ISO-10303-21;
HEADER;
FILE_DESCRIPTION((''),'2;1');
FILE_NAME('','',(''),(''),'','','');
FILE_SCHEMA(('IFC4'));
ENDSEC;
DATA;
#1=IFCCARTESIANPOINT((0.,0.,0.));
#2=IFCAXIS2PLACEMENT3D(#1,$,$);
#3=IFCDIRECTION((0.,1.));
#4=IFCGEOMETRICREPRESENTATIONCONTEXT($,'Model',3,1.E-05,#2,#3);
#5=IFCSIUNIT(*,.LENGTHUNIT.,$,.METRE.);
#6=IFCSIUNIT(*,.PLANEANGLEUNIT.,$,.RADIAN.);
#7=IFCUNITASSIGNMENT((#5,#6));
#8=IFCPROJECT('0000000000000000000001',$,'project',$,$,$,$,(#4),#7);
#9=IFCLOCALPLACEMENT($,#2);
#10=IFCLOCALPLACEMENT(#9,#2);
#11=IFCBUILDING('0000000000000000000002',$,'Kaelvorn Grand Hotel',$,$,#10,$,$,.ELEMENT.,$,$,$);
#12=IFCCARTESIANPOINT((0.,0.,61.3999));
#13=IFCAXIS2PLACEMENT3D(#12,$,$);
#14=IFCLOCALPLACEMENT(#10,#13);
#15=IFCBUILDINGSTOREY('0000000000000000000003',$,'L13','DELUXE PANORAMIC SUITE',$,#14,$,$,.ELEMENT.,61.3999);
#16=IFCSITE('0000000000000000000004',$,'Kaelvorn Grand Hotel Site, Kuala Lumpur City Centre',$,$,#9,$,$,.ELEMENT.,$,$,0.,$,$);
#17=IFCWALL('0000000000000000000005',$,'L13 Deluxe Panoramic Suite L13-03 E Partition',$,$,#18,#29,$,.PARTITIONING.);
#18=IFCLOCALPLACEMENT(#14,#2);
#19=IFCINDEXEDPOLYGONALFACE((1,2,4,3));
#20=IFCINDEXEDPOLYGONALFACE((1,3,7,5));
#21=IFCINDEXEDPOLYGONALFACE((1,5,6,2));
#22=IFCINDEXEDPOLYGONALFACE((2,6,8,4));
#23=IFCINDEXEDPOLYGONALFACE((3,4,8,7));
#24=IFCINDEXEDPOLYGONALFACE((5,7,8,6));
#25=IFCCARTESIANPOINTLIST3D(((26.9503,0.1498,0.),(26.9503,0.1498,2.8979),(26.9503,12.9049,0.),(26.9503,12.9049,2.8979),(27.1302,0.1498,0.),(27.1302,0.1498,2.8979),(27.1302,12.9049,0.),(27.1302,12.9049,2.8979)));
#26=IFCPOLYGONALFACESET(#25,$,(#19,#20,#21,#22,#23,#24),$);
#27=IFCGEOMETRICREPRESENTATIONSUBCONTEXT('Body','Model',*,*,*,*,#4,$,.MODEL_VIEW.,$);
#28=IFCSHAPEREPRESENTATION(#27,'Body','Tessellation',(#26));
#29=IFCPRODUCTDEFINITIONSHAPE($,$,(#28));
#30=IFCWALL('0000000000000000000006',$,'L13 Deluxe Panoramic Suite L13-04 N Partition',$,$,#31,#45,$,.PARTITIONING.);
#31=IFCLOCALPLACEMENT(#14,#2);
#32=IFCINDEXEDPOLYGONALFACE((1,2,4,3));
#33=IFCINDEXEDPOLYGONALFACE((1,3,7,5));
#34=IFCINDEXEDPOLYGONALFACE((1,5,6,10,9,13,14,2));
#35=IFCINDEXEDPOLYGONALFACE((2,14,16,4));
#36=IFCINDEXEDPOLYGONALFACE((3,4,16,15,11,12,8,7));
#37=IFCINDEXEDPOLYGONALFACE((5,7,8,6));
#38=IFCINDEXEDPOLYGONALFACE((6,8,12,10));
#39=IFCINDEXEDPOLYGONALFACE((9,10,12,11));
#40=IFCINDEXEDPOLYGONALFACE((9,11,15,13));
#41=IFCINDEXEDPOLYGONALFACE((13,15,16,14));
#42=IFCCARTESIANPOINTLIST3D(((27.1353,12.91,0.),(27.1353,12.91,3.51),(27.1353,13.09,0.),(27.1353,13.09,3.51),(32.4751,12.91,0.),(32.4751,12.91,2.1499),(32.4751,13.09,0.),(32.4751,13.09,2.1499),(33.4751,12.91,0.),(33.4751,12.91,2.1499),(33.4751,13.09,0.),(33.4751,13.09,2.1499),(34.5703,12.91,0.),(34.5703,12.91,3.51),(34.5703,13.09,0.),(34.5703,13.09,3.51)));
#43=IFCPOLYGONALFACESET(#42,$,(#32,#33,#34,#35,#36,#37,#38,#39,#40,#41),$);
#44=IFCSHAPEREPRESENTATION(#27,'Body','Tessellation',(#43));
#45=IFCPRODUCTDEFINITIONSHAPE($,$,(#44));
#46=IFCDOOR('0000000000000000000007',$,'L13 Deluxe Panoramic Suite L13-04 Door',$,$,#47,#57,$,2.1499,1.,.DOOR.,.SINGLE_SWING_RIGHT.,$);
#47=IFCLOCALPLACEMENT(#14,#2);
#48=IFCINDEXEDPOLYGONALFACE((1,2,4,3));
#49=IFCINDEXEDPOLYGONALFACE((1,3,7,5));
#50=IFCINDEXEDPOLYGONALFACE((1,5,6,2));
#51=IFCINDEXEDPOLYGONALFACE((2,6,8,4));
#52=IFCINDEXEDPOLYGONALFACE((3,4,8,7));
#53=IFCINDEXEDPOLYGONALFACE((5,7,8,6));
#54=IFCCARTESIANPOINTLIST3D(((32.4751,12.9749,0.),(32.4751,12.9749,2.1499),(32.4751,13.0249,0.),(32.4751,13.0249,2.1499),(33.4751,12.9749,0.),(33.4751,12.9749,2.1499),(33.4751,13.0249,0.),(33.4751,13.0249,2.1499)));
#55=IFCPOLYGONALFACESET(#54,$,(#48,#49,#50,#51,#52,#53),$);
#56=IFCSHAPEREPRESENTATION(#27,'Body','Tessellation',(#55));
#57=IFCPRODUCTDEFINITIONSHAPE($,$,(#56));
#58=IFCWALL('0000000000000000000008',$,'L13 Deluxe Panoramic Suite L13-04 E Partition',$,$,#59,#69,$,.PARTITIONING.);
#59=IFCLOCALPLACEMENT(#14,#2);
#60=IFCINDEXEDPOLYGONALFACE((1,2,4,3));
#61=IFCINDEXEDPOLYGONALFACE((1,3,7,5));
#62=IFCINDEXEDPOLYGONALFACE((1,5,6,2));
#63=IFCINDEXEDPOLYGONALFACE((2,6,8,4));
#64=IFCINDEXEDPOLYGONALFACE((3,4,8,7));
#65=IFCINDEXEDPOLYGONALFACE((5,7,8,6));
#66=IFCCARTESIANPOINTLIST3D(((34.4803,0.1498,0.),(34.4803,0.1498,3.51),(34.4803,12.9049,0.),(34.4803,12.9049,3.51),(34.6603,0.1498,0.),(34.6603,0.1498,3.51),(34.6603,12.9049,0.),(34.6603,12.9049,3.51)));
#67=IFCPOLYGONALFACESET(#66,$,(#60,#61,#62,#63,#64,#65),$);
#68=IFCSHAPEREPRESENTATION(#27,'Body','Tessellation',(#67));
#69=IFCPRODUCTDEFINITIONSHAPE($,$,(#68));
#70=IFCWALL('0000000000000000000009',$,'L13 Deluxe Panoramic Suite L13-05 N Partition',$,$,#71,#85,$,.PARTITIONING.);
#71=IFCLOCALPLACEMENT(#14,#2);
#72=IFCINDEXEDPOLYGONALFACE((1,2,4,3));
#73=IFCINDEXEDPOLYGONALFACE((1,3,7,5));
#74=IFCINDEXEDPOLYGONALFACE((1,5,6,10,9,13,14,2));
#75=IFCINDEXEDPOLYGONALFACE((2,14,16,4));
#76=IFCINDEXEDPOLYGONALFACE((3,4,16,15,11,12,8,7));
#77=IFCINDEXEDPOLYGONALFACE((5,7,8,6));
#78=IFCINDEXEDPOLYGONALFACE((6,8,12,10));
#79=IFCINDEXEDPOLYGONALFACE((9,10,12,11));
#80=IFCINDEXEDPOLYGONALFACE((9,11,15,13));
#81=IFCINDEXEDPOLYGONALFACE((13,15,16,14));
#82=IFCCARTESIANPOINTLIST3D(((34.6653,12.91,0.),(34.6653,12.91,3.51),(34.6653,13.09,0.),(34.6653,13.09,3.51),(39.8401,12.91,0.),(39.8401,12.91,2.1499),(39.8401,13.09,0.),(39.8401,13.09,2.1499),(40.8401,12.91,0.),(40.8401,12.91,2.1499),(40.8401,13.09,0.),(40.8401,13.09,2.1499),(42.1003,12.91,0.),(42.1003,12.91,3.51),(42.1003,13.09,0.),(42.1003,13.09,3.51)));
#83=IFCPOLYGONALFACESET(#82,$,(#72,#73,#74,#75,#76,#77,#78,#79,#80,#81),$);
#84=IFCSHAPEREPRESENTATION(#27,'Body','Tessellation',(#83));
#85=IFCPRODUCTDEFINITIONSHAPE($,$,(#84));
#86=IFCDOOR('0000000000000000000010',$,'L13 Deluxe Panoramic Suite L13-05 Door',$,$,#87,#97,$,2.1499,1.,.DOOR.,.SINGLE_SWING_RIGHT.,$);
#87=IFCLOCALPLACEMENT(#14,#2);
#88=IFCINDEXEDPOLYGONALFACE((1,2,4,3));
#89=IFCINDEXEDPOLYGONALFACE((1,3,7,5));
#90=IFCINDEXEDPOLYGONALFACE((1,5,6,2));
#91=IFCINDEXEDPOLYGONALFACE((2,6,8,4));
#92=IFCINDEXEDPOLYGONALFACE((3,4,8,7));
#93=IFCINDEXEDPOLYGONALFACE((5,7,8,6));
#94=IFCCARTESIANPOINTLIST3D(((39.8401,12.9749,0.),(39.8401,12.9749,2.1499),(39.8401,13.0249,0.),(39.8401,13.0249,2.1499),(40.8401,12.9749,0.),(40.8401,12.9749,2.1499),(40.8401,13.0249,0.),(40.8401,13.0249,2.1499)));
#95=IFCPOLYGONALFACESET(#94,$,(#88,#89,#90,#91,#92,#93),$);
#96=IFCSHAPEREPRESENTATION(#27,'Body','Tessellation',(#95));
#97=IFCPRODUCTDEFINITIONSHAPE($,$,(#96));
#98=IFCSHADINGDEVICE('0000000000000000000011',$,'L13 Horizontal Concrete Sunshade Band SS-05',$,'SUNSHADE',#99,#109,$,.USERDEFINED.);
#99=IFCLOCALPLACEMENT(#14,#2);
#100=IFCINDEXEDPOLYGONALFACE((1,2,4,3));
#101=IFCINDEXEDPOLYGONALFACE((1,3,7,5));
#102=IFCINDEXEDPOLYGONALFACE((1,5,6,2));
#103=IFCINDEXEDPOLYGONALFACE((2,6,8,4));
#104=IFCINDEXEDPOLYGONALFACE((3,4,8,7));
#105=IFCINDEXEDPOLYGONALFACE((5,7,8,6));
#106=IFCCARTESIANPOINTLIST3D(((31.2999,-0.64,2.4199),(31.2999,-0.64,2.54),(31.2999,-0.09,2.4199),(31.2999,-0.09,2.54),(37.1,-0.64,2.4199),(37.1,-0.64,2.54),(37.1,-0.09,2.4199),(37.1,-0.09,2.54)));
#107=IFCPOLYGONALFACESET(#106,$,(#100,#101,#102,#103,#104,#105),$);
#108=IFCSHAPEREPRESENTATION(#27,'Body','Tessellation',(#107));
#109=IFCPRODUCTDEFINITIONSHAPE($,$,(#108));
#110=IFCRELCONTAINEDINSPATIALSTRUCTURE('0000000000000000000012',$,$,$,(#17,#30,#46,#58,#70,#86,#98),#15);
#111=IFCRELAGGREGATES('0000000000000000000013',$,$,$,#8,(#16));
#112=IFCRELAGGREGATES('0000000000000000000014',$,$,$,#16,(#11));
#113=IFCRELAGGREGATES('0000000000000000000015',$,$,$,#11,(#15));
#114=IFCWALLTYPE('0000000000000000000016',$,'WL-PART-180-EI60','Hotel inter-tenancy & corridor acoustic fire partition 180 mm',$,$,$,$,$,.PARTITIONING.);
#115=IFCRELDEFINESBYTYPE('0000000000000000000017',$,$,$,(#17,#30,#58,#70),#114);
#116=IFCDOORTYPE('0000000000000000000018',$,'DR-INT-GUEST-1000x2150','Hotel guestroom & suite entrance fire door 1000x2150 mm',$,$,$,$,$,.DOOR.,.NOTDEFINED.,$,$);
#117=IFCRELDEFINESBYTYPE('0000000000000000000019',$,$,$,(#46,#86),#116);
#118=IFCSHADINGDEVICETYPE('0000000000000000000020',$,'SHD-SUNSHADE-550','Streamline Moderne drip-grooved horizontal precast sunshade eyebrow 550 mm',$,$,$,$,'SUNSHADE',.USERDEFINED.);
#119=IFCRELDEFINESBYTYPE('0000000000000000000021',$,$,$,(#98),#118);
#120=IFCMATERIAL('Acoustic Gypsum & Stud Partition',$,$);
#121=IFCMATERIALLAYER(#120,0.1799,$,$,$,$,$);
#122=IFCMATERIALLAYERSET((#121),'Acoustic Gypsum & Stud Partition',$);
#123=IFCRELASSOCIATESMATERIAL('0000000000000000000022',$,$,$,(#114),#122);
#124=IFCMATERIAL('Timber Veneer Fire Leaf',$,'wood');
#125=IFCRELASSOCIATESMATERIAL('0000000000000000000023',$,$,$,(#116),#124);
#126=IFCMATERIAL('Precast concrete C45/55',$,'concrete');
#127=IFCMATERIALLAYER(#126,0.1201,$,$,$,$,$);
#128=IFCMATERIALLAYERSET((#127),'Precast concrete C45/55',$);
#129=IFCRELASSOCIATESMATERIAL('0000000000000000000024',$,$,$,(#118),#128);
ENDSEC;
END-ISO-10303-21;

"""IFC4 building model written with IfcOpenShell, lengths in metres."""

from ifc_helpers import new_model, si_unit, direction, frame, frame_2d, origin, origin_2d, place, context, subcontext, project, spatial, rectangle, extrude, material, layer, layer_set, type_object, element, fill, save


model = new_model("IFC4")

# Units and contexts
model_context = context("Model", 3, precision=1e-05, world=origin(), true_north=direction((0.0, 1.0)))
body_context = subcontext(model_context, "Body", "Model", "MODEL_VIEW")
ifc_project = project(units=[si_unit("LENGTHUNIT", "METRE"), si_unit("PLANEANGLEUNIT", "RADIAN")], contexts=[model_context])

# Site, building, storey
site_placement = place(None, origin())
site = spatial("IfcSite", under=ifc_project, at=site_placement, Name="Kaelvorn Grand Hotel Site, Kuala Lumpur City Centre", CompositionType="ELEMENT", RefElevation=0.0)
building_placement = place(site_placement, origin())
building = spatial("IfcBuilding", under=site, at=building_placement, Name="Kaelvorn Grand Hotel", CompositionType="ELEMENT")
storey_placement = place(building_placement, frame((0.0, 0.0, 61.3999)))
storey = spatial("IfcBuildingStorey", under=building, at=storey_placement, Name="L13", Description="DELUXE PANORAMIC SUITE", CompositionType="ELEMENT", Elevation=61.3999)

# Shared definitions
ifc_material_1 = material(Name="Acoustic Gypsum & Stud Partition")
ifc_material_2 = material(Name="Timber Veneer Fire Leaf", Category="wood")

# Wall
ifc_layer_1 = layer(ifc_material_1, 0.1799)
ifc_layer_set_1 = layer_set([ifc_layer_1], Name="Acoustic Gypsum & Stud Partition")
wall_type_1 = type_object("IfcWallType", Name="WL-PART-180-EI60", Description="Hotel inter-tenancy & corridor acoustic fire partition 180 mm", PredefinedType="PARTITIONING", material=ifc_layer_set_1)
wall_1_placement = place(storey_placement, frame((27.0403, 0.1499, 0.0), z_axis=(0.0, 0.0, 1.0), x_axis=(0.0, 1.0, 0.0)))
element("IfcWall", 1, at=wall_1_placement, inside=storey, type_object=wall_type_1, Name="L13 Deluxe Panoramic Suite L13-03 E Partition", PredefinedType="PARTITIONING", context=body_context, shape_type="SweptSolid", body=[
    extrude(rectangle(XDim=12.7551, YDim=0.1799, at=frame_2d((6.3774, 0.0))), origin(), (0.0, 0.0, 1.0), 2.8979),
])

# Wall, opening, door
wall_2_placement = place(storey_placement, frame((27.1353, 13.0, 0.0), z_axis=(0.0, 0.0, 1.0), x_axis=(1.0, 0.0, 0.0)))
wall_2 = element("IfcWall", 2, at=wall_2_placement, inside=storey, type_object=wall_type_1, Name="L13 Deluxe Panoramic Suite L13-04 N Partition", PredefinedType="PARTITIONING", context=body_context, shape_type="SweptSolid", body=[
    extrude(rectangle(XDim=7.4351, YDim=0.1799, at=frame_2d((3.7175, 0.0))), origin(), (0.0, 0.0, 1.0), 3.51),
])
opening_1_placement = place(wall_2_placement, frame((5.3398, 0.0, 0.0)))
opening_1 = element("IfcOpeningElement", 3, at=opening_1_placement, cuts=wall_2, PredefinedType="OPENING", context=body_context, shape_type="SweptSolid", body=[
    extrude(rectangle(XDim=1.0, YDim=2.1499, at=frame_2d((0.5, 1.075))), frame((0.0, 0.1001, 0.0), z_axis=(0.0, -1.0, 0.0), x_axis=(1.0, 0.0, 0.0)), (0.0, 0.0, 1.0), 0.2),
])
door_type_1 = type_object("IfcDoorType", Name="DR-INT-GUEST-1000x2150", Description="Hotel guestroom & suite entrance fire door 1000x2150 mm", OperationType="NOTDEFINED", PredefinedType="DOOR", material=ifc_material_2)
door_1_placement = place(opening_1_placement, origin())
door_1 = element("IfcDoor", 4, at=door_1_placement, inside=storey, type_object=door_type_1, Name="L13 Deluxe Panoramic Suite L13-04 Door", OperationType="SINGLE_SWING_RIGHT", OverallHeight=2.1499, OverallWidth=1.0, PredefinedType="DOOR", context=body_context, shape_type="SweptSolid", body=[
    extrude(rectangle(XDim=1.0, YDim=2.1499, at=frame_2d((0.5, 1.075))), frame((0.0, 0.0249, 0.0), z_axis=(0.0, -1.0, 0.0), x_axis=(1.0, 0.0, 0.0)), (0.0, 0.0, 1.0), 0.05),
])
fill(opening_1, door_1)

# Wall
wall_3_placement = place(storey_placement, frame((34.5703, 0.1499, 0.0), z_axis=(0.0, 0.0, 1.0), x_axis=(0.0, 1.0, 0.0)))
element("IfcWall", 5, at=wall_3_placement, inside=storey, type_object=wall_type_1, Name="L13 Deluxe Panoramic Suite L13-04 E Partition", PredefinedType="PARTITIONING", context=body_context, shape_type="SweptSolid", body=[
    extrude(rectangle(XDim=12.7551, YDim=0.1799, at=frame_2d((6.3774, 0.0))), origin(), (0.0, 0.0, 1.0), 3.51),
])

# Wall, opening, door
wall_4_placement = place(storey_placement, frame((34.6653, 13.0, 0.0), z_axis=(0.0, 0.0, 1.0), x_axis=(1.0, 0.0, 0.0)))
wall_4 = element("IfcWall", 6, at=wall_4_placement, inside=storey, type_object=wall_type_1, Name="L13 Deluxe Panoramic Suite L13-05 N Partition", PredefinedType="PARTITIONING", context=body_context, shape_type="SweptSolid", body=[
    extrude(rectangle(XDim=7.4351, YDim=0.1799, at=frame_2d((3.7175, 0.0))), origin(), (0.0, 0.0, 1.0), 3.51),
])
opening_2_placement = place(wall_4_placement, frame((5.1748, 0.0, 0.0)))
opening_2 = element("IfcOpeningElement", 7, at=opening_2_placement, cuts=wall_4, PredefinedType="OPENING", context=body_context, shape_type="SweptSolid", body=[
    extrude(rectangle(XDim=1.0, YDim=2.1499, at=frame_2d((0.5, 1.075))), frame((0.0, 0.1001, 0.0), z_axis=(0.0, -1.0, 0.0), x_axis=(1.0, 0.0, 0.0)), (0.0, 0.0, 1.0), 0.2),
])
door_2_placement = place(opening_2_placement, origin())
door_2 = element("IfcDoor", 8, at=door_2_placement, inside=storey, type_object=door_type_1, Name="L13 Deluxe Panoramic Suite L13-05 Door", OperationType="SINGLE_SWING_RIGHT", OverallHeight=2.1499, OverallWidth=1.0, PredefinedType="DOOR", context=body_context, shape_type="SweptSolid", body=[
    extrude(rectangle(XDim=1.0, YDim=2.1499, at=frame_2d((0.5, 1.075))), frame((0.0, 0.0249, 0.0), z_axis=(0.0, -1.0, 0.0), x_axis=(1.0, 0.0, 0.0)), (0.0, 0.0, 1.0), 0.05),
])
fill(opening_2, door_2)

# Shading device
ifc_material_3 = material(Name="Precast concrete C45/55", Category="concrete")
ifc_layer_2 = layer(ifc_material_3, 0.1201)
ifc_layer_set_2 = layer_set([ifc_layer_2], Name="Precast concrete C45/55")
shading_device_type = type_object("IfcShadingDeviceType", Name="SHD-SUNSHADE-550", Description="Streamline Moderne drip-grooved horizontal precast sunshade eyebrow 550 mm", ElementType="SUNSHADE", PredefinedType="USERDEFINED", material=ifc_layer_set_2)
shading_device_placement = place(storey_placement, frame((34.2, -0.365, 2.4199), z_axis=(0.0, 0.0, 1.0), x_axis=(1.0, 0.0, 0.0)))
element("IfcShadingDevice", 9, at=shading_device_placement, inside=storey, type_object=shading_device_type, Name="L13 Horizontal Concrete Sunshade Band SS-05", ObjectType="SUNSHADE", PredefinedType="USERDEFINED", context=body_context, shape_type="SweptSolid", body=[
    extrude(rectangle(XDim=5.8, YDim=0.55, at=origin_2d()), origin(), (0.0, 0.0, 1.0), 0.1201),
])

save(model, "model.ifc")
